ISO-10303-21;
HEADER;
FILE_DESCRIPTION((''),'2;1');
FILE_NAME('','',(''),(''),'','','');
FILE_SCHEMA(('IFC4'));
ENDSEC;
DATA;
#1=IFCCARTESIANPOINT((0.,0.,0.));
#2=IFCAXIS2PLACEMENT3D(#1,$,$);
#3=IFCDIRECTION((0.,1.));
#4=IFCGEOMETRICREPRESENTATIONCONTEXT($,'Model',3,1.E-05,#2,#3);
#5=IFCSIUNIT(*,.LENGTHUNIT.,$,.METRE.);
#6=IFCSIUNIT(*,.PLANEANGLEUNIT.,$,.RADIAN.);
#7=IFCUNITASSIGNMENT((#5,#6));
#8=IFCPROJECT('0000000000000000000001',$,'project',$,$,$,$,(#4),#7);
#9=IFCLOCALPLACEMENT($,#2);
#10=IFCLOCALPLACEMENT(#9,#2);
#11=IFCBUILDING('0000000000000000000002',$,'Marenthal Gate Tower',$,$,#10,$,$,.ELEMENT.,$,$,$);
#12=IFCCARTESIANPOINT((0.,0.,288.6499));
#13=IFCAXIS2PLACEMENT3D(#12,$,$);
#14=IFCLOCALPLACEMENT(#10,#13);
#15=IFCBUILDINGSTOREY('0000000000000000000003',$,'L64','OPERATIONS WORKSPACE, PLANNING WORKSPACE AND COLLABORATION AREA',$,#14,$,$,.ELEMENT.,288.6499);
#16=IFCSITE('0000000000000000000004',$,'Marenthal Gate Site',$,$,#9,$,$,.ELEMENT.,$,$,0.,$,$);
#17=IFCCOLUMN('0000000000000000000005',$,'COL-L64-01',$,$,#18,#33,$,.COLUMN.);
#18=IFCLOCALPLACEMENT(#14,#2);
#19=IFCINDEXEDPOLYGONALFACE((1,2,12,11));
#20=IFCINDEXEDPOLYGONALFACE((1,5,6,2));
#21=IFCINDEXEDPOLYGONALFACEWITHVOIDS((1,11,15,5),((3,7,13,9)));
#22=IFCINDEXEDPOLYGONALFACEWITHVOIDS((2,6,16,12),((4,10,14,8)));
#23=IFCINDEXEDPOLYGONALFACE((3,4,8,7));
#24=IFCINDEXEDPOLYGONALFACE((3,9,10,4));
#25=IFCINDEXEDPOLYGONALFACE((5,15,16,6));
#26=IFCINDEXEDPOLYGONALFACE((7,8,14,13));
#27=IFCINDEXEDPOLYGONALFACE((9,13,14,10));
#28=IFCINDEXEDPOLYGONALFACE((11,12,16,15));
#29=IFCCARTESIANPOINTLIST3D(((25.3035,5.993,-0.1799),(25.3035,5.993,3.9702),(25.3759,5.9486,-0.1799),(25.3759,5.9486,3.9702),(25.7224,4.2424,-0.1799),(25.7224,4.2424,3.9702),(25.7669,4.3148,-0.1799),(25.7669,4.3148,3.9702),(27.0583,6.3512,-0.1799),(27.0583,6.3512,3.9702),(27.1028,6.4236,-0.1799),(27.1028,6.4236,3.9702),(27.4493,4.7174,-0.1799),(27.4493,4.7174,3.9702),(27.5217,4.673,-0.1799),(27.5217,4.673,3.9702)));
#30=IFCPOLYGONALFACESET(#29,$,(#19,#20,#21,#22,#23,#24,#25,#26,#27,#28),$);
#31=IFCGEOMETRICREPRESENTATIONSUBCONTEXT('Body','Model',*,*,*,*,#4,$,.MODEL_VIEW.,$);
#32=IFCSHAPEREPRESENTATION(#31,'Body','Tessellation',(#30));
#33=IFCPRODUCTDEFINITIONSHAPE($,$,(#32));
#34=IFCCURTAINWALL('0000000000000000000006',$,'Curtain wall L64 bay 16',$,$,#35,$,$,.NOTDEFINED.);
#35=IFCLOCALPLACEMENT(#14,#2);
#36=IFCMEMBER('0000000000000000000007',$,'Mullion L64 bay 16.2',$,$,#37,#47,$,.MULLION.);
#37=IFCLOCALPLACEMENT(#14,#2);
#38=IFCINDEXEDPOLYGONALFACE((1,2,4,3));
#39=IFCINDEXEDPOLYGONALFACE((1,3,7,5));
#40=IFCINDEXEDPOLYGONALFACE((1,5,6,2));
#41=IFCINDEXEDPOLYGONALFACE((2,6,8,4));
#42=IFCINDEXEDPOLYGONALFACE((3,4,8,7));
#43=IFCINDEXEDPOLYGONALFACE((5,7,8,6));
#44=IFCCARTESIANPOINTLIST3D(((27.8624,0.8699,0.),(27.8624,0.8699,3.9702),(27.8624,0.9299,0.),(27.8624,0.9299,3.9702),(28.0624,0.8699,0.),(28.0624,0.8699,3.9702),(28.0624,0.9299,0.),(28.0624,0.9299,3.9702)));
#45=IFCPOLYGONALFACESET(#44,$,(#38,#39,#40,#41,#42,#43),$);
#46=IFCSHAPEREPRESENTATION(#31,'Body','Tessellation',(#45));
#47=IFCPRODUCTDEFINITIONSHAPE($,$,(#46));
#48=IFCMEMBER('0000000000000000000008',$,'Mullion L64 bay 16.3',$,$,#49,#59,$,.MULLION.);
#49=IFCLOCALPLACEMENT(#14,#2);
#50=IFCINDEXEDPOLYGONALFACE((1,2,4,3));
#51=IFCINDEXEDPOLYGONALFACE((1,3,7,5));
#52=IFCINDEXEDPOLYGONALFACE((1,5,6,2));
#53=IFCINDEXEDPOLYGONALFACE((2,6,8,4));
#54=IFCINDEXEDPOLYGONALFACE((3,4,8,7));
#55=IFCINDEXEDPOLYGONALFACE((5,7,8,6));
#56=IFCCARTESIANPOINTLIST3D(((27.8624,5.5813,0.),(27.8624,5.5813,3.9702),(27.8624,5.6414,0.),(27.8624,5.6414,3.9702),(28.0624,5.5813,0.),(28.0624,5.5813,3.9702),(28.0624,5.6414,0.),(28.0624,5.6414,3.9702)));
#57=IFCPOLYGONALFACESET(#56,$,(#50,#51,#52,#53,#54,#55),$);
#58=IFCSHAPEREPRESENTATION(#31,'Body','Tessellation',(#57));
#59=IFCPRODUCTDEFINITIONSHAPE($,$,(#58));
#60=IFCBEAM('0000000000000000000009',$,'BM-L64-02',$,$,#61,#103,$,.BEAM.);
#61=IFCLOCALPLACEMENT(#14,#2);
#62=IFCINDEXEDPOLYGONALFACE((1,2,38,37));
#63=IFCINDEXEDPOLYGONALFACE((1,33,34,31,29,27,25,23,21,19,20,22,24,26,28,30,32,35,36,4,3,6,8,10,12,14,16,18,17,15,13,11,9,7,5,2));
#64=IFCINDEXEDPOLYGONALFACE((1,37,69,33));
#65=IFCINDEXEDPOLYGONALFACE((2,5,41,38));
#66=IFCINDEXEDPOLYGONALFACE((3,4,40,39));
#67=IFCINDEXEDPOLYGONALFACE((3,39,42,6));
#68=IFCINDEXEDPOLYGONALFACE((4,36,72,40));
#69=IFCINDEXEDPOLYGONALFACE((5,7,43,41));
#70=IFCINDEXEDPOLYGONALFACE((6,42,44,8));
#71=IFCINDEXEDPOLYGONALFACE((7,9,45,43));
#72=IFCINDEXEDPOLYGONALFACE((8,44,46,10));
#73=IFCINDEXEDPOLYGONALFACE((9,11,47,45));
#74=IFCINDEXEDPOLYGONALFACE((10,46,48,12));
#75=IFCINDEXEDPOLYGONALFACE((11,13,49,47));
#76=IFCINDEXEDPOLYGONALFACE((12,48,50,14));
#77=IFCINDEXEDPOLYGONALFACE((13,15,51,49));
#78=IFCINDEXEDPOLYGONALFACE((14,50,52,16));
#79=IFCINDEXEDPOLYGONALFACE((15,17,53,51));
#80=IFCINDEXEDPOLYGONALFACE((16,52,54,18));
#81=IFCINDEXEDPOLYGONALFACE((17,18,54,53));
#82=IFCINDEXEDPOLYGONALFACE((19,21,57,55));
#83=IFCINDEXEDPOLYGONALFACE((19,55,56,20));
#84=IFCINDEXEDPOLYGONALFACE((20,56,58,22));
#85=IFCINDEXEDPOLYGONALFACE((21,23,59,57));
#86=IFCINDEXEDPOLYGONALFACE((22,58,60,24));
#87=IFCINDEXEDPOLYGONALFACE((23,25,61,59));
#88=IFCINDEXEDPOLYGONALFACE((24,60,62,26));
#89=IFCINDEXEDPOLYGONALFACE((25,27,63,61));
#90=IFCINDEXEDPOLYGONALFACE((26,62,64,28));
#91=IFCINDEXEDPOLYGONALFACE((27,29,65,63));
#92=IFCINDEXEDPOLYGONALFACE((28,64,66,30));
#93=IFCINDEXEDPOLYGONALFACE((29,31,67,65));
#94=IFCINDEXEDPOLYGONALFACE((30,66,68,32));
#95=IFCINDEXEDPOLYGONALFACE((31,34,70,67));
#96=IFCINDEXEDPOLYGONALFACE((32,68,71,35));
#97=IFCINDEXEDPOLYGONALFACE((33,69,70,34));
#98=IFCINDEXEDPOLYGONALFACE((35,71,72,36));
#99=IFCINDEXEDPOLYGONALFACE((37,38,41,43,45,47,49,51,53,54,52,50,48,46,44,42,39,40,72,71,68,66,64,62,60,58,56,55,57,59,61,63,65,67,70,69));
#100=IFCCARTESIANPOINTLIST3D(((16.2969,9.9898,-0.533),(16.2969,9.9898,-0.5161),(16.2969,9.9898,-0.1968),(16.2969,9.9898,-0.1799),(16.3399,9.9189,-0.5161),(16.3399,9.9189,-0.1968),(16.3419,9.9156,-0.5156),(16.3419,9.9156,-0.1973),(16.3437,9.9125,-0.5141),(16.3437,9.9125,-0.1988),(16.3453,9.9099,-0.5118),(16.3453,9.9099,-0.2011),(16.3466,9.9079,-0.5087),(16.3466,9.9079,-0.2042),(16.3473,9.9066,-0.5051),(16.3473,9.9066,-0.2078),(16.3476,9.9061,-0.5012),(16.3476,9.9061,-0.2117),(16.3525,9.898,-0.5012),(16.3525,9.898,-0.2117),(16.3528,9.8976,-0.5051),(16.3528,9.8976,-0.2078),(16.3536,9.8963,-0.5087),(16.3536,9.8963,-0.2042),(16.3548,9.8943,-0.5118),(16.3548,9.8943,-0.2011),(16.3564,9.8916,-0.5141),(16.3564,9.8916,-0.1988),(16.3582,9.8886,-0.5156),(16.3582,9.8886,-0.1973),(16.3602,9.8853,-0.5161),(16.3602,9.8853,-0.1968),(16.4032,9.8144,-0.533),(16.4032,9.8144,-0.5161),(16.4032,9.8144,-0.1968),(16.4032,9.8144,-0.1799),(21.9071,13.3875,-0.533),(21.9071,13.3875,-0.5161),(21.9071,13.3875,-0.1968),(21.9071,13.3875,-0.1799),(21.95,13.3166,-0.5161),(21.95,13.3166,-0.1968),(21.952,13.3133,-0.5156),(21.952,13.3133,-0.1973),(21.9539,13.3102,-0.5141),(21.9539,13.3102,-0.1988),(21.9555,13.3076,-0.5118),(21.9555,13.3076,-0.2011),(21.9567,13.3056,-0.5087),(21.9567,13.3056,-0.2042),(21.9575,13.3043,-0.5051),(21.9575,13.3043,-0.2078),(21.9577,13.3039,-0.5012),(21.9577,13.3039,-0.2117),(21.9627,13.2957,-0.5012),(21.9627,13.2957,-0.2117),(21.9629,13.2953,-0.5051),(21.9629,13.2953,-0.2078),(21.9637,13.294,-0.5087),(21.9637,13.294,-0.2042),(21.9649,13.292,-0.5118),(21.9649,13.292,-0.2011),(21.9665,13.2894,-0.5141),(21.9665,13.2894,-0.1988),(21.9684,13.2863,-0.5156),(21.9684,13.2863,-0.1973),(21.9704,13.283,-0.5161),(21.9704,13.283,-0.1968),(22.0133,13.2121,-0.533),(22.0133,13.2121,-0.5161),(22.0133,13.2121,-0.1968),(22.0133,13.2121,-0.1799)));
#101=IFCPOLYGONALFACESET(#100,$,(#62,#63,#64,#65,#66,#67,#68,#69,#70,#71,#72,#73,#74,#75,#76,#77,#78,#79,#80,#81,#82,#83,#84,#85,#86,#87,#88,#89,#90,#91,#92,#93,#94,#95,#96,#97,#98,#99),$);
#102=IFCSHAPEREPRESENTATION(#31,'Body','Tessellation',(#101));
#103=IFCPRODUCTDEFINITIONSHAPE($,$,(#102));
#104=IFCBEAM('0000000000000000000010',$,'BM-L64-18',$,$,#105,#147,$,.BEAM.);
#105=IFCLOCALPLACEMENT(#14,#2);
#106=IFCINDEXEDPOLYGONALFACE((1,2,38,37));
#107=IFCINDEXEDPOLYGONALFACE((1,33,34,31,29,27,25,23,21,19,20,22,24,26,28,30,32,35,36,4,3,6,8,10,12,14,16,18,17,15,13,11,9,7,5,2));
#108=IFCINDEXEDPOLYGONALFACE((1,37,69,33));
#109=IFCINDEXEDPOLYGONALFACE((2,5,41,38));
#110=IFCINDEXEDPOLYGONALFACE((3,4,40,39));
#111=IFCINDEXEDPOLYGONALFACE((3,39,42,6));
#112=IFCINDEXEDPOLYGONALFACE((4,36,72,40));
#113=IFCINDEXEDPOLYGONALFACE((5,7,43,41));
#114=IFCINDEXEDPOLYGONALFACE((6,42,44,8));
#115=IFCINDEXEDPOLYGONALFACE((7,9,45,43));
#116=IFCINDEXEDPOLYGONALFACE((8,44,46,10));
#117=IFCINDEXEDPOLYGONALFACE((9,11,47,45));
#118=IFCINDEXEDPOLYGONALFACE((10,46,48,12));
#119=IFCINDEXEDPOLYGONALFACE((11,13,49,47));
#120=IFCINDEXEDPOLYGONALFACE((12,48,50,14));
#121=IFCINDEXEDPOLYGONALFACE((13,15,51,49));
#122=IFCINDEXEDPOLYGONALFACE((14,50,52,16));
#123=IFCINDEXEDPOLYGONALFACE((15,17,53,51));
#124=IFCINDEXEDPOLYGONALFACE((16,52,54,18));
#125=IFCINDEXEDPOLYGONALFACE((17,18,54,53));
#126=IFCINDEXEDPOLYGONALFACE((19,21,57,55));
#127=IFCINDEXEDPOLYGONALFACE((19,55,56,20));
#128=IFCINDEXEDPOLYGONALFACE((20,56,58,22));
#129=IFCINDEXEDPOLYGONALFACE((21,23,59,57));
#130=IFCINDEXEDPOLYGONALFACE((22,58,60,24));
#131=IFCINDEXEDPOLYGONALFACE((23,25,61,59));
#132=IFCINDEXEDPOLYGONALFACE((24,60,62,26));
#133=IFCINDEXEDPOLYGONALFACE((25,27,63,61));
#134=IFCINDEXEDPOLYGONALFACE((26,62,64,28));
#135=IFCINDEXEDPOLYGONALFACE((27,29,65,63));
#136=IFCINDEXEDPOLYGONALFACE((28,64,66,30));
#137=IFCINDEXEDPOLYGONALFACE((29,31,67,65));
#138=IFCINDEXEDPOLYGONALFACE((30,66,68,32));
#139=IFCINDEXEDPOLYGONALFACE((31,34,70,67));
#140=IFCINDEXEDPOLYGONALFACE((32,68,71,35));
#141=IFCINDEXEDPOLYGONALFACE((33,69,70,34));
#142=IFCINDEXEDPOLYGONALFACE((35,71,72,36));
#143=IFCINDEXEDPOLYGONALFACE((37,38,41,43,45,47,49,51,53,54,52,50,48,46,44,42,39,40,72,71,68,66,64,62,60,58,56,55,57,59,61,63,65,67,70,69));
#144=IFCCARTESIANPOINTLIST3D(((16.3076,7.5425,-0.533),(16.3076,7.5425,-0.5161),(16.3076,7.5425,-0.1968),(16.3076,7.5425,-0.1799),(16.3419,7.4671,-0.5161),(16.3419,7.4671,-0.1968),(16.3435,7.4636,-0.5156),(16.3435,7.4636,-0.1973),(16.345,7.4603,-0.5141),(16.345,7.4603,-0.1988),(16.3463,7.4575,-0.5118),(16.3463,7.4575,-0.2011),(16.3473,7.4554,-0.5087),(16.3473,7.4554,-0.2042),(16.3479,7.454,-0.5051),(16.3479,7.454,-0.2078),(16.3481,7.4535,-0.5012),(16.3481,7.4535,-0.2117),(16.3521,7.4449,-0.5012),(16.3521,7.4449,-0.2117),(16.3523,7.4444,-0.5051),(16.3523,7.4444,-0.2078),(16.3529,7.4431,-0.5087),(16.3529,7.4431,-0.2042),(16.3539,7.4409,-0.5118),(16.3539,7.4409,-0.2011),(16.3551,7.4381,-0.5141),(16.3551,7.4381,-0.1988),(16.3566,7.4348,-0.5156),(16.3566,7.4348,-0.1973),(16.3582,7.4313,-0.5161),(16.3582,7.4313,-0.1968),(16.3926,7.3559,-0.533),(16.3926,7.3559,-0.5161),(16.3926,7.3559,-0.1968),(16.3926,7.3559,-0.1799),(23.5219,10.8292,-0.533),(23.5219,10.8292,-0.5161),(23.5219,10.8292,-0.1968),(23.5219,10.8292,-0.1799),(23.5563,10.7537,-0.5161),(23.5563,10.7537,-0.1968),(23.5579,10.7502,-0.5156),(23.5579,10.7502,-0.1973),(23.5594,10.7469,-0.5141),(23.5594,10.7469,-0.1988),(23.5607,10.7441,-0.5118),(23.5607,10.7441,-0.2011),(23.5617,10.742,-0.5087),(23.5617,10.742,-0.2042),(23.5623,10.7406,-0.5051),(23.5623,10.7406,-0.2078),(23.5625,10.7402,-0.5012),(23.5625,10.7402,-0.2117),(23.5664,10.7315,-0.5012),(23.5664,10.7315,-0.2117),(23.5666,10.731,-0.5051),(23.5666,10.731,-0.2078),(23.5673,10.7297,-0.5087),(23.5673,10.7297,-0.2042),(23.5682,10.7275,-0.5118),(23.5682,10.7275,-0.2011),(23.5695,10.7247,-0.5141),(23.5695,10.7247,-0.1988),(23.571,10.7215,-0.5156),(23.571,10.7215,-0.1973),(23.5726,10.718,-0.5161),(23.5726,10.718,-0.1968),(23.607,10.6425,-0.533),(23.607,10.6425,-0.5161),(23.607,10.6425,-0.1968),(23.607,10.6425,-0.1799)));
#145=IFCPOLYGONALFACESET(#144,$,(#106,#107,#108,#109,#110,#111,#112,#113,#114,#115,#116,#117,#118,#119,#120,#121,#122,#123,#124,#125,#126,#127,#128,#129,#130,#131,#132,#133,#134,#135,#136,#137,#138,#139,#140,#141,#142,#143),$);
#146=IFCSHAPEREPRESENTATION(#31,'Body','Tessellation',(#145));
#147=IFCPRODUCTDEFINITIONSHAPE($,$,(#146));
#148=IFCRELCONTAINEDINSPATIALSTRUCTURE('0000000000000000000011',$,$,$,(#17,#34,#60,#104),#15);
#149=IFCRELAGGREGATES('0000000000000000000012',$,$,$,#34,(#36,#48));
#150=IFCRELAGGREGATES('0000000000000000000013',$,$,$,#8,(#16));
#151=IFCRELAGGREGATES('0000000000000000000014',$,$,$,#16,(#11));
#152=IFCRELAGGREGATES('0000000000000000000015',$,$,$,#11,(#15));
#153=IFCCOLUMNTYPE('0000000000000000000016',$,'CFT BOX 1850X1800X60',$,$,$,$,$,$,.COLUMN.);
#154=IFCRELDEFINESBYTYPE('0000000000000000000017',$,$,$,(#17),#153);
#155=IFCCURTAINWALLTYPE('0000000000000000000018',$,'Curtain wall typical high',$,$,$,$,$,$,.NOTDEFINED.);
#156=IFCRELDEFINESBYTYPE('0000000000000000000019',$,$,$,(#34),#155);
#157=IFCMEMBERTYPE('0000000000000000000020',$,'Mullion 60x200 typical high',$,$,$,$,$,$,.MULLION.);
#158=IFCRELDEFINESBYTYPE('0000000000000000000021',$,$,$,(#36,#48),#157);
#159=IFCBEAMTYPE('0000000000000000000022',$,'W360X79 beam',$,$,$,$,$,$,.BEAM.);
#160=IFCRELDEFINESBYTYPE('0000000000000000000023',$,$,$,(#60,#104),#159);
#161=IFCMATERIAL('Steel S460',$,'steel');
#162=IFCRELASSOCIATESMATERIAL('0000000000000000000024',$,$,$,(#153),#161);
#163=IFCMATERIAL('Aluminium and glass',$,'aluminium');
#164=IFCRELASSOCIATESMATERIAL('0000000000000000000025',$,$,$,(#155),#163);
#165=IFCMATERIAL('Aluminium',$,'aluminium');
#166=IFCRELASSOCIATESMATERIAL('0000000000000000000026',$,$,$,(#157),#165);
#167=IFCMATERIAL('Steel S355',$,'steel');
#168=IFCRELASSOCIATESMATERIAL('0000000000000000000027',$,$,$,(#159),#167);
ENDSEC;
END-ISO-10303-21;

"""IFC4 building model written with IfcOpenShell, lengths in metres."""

from ifc_helpers import new_model, si_unit, direction, frame, origin, origin_2d, place, context, subcontext, project, spatial, rectangle, hollow_rectangle, i_section, extrude, material, material_profile, profile_set, type_object, element, aggregate, save


model = new_model("IFC4")

# Units and contexts
model_context = context("Model", 3, precision=1e-05, world=origin(), true_north=direction((0.0, 1.0)))
body_context = subcontext(model_context, "Body", "Model", "MODEL_VIEW")
ifc_project = project(units=[si_unit("LENGTHUNIT", "METRE"), si_unit("PLANEANGLEUNIT", "RADIAN")], contexts=[model_context])

# Site, building, storey
site_placement = place(None, origin())
site = spatial("IfcSite", under=ifc_project, at=site_placement, Name="Marenthal Gate Site", CompositionType="ELEMENT", RefElevation=0.0)
building_placement = place(site_placement, origin())
building = spatial("IfcBuilding", under=site, at=building_placement, Name="Marenthal Gate Tower", CompositionType="ELEMENT")
storey_placement = place(building_placement, frame((0.0, 0.0, 288.6499)))
storey = spatial("IfcBuildingStorey", under=building, at=storey_placement, Name="L64", Description="OPERATIONS WORKSPACE, PLANNING WORKSPACE AND COLLABORATION AREA", CompositionType="ELEMENT", Elevation=288.6499)

# Column
ifc_material_1 = material(Name="Steel S460", Category="steel")
ifc_material_profile_1 = material_profile(ifc_material_1, hollow_rectangle(XDim=1.8, YDim=1.8501, WallThickness=0.0601, at=origin_2d()), Name="CFT BOX 1850X1800X60")
ifc_material_2 = material(Name="Concrete 70 MPa", Category="concrete")
ifc_material_profile_2 = material_profile(ifc_material_2, rectangle(XDim=1.6799, YDim=1.73, at=origin_2d()), Name="CFT BOX 1850X1800X60 INFILL")
ifc_profile_set_1 = profile_set([ifc_material_profile_1, ifc_material_profile_2], Name="Steel S460 shell, Concrete 70 MPa infill")
column_type = type_object("IfcColumnType", Name="CFT BOX 1850X1800X60", PredefinedType="COLUMN", material=ifc_profile_set_1)
column_placement = place(storey_placement, frame((26.4126, 5.333, -0.1799), z_axis=(0.0, 0.0, 1.0), x_axis=(0.232739, -0.972539, 0.0)))
element("IfcColumn", 1, at=column_placement, inside=storey, type_object=column_type, Name="COL-L64-01", PredefinedType="COLUMN", context=body_context, shape_type="SweptSolid", body=[
    extrude(hollow_rectangle(XDim=1.8, YDim=1.8501, WallThickness=0.0601, at=origin_2d()), origin(), (0.0, 0.0, 1.0), 4.1501),
])

# Curtain wall, members
ifc_material_3 = material(Name="Aluminium and glass", Category="aluminium")
curtain_wall_type = type_object("IfcCurtainWallType", Name="Curtain wall typical high", PredefinedType="NOTDEFINED", material=ifc_material_3)
curtain_wall_placement = place(storey_placement, origin())
curtain_wall = element("IfcCurtainWall", 2, at=curtain_wall_placement, inside=storey, type_object=curtain_wall_type, Name="Curtain wall L64 bay 16", PredefinedType="NOTDEFINED")
ifc_material_4 = material(Name="Aluminium", Category="aluminium")
ifc_material_profile_3 = material_profile(ifc_material_4, rectangle(XDim=0.2, YDim=0.0601, at=origin_2d()), Name="60x200 aluminium mullion")
ifc_profile_set_2 = profile_set([ifc_material_profile_3], Name="Aluminium")
member_type = type_object("IfcMemberType", Name="Mullion 60x200 typical high", PredefinedType="MULLION", material=ifc_profile_set_2)
member_1_placement = place(storey_placement, frame((27.9624, 0.8999, 0.0), z_axis=(0.0, 0.0, 1.0), x_axis=(-1.0, 0.0, 0.0)))
member_1 = element("IfcMember", 3, at=member_1_placement, type_object=member_type, Name="Mullion L64 bay 16.2", PredefinedType="MULLION", context=body_context, shape_type="SweptSolid", body=[
    extrude(rectangle(XDim=0.2, YDim=0.0601, at=origin_2d()), origin(), (0.0, 0.0, 1.0), 3.9702),
])
member_2_placement = place(storey_placement, frame((27.9624, 5.6113, 0.0), z_axis=(0.0, 0.0, 1.0), x_axis=(-1.0, 0.0, 0.0)))
member_2 = element("IfcMember", 4, at=member_2_placement, type_object=member_type, Name="Mullion L64 bay 16.3", PredefinedType="MULLION", context=body_context, shape_type="SweptSolid", body=[
    extrude(rectangle(XDim=0.2, YDim=0.0601, at=origin_2d()), origin(), (0.0, 0.0, 1.0), 3.9702),
])

# Beams
ifc_material_5 = material(Name="Steel S355", Category="steel")
ifc_material_profile_4 = material_profile(ifc_material_5, i_section(OverallWidth=0.2051, OverallDepth=0.353, WebThickness=0.0095, FlangeThickness=0.0168, FilletRadius=0.0149, at=origin_2d()), Name="W360X79")
ifc_profile_set_3 = profile_set([ifc_material_profile_4], Name="Steel S355")
beam_type_1 = type_object("IfcBeamType", Name="W360X79 beam", PredefinedType="BEAM", material=ifc_profile_set_3)
beam_1_placement = place(storey_placement, frame((21.9602, 13.2998, -0.3564), z_axis=(-0.855357, -0.518039, 0.0), x_axis=(0.518039, -0.855357, 0.0)))
element("IfcBeam", 5, at=beam_1_placement, inside=storey, type_object=beam_type_1, Name="BM-L64-02", PredefinedType="BEAM", context=body_context, shape_type="SweptSolid", body=[
    extrude(i_section(OverallWidth=0.2051, OverallDepth=0.353, WebThickness=0.0095, FlangeThickness=0.0168, FilletRadius=0.0149, at=origin_2d()), origin(), (0.0, 0.0, 1.0), 6.5588),
])
beam_2_placement = place(storey_placement, frame((23.5645, 10.7358, -0.3564), z_axis=(-0.910016, -0.414573, 0.0), x_axis=(0.414573, -0.910016, 0.0)))
element("IfcBeam", 6, at=beam_2_placement, inside=storey, type_object=beam_type_1, Name="BM-L64-18", PredefinedType="BEAM", context=body_context, shape_type="SweptSolid", body=[
    extrude(i_section(OverallWidth=0.2051, OverallDepth=0.353, WebThickness=0.0095, FlangeThickness=0.0168, FilletRadius=0.0149, at=origin_2d()), origin(), (0.0, 0.0, 1.0), 7.9277),
])

aggregate(curtain_wall, [member_1, member_2])

save(model, "model.ifc")
